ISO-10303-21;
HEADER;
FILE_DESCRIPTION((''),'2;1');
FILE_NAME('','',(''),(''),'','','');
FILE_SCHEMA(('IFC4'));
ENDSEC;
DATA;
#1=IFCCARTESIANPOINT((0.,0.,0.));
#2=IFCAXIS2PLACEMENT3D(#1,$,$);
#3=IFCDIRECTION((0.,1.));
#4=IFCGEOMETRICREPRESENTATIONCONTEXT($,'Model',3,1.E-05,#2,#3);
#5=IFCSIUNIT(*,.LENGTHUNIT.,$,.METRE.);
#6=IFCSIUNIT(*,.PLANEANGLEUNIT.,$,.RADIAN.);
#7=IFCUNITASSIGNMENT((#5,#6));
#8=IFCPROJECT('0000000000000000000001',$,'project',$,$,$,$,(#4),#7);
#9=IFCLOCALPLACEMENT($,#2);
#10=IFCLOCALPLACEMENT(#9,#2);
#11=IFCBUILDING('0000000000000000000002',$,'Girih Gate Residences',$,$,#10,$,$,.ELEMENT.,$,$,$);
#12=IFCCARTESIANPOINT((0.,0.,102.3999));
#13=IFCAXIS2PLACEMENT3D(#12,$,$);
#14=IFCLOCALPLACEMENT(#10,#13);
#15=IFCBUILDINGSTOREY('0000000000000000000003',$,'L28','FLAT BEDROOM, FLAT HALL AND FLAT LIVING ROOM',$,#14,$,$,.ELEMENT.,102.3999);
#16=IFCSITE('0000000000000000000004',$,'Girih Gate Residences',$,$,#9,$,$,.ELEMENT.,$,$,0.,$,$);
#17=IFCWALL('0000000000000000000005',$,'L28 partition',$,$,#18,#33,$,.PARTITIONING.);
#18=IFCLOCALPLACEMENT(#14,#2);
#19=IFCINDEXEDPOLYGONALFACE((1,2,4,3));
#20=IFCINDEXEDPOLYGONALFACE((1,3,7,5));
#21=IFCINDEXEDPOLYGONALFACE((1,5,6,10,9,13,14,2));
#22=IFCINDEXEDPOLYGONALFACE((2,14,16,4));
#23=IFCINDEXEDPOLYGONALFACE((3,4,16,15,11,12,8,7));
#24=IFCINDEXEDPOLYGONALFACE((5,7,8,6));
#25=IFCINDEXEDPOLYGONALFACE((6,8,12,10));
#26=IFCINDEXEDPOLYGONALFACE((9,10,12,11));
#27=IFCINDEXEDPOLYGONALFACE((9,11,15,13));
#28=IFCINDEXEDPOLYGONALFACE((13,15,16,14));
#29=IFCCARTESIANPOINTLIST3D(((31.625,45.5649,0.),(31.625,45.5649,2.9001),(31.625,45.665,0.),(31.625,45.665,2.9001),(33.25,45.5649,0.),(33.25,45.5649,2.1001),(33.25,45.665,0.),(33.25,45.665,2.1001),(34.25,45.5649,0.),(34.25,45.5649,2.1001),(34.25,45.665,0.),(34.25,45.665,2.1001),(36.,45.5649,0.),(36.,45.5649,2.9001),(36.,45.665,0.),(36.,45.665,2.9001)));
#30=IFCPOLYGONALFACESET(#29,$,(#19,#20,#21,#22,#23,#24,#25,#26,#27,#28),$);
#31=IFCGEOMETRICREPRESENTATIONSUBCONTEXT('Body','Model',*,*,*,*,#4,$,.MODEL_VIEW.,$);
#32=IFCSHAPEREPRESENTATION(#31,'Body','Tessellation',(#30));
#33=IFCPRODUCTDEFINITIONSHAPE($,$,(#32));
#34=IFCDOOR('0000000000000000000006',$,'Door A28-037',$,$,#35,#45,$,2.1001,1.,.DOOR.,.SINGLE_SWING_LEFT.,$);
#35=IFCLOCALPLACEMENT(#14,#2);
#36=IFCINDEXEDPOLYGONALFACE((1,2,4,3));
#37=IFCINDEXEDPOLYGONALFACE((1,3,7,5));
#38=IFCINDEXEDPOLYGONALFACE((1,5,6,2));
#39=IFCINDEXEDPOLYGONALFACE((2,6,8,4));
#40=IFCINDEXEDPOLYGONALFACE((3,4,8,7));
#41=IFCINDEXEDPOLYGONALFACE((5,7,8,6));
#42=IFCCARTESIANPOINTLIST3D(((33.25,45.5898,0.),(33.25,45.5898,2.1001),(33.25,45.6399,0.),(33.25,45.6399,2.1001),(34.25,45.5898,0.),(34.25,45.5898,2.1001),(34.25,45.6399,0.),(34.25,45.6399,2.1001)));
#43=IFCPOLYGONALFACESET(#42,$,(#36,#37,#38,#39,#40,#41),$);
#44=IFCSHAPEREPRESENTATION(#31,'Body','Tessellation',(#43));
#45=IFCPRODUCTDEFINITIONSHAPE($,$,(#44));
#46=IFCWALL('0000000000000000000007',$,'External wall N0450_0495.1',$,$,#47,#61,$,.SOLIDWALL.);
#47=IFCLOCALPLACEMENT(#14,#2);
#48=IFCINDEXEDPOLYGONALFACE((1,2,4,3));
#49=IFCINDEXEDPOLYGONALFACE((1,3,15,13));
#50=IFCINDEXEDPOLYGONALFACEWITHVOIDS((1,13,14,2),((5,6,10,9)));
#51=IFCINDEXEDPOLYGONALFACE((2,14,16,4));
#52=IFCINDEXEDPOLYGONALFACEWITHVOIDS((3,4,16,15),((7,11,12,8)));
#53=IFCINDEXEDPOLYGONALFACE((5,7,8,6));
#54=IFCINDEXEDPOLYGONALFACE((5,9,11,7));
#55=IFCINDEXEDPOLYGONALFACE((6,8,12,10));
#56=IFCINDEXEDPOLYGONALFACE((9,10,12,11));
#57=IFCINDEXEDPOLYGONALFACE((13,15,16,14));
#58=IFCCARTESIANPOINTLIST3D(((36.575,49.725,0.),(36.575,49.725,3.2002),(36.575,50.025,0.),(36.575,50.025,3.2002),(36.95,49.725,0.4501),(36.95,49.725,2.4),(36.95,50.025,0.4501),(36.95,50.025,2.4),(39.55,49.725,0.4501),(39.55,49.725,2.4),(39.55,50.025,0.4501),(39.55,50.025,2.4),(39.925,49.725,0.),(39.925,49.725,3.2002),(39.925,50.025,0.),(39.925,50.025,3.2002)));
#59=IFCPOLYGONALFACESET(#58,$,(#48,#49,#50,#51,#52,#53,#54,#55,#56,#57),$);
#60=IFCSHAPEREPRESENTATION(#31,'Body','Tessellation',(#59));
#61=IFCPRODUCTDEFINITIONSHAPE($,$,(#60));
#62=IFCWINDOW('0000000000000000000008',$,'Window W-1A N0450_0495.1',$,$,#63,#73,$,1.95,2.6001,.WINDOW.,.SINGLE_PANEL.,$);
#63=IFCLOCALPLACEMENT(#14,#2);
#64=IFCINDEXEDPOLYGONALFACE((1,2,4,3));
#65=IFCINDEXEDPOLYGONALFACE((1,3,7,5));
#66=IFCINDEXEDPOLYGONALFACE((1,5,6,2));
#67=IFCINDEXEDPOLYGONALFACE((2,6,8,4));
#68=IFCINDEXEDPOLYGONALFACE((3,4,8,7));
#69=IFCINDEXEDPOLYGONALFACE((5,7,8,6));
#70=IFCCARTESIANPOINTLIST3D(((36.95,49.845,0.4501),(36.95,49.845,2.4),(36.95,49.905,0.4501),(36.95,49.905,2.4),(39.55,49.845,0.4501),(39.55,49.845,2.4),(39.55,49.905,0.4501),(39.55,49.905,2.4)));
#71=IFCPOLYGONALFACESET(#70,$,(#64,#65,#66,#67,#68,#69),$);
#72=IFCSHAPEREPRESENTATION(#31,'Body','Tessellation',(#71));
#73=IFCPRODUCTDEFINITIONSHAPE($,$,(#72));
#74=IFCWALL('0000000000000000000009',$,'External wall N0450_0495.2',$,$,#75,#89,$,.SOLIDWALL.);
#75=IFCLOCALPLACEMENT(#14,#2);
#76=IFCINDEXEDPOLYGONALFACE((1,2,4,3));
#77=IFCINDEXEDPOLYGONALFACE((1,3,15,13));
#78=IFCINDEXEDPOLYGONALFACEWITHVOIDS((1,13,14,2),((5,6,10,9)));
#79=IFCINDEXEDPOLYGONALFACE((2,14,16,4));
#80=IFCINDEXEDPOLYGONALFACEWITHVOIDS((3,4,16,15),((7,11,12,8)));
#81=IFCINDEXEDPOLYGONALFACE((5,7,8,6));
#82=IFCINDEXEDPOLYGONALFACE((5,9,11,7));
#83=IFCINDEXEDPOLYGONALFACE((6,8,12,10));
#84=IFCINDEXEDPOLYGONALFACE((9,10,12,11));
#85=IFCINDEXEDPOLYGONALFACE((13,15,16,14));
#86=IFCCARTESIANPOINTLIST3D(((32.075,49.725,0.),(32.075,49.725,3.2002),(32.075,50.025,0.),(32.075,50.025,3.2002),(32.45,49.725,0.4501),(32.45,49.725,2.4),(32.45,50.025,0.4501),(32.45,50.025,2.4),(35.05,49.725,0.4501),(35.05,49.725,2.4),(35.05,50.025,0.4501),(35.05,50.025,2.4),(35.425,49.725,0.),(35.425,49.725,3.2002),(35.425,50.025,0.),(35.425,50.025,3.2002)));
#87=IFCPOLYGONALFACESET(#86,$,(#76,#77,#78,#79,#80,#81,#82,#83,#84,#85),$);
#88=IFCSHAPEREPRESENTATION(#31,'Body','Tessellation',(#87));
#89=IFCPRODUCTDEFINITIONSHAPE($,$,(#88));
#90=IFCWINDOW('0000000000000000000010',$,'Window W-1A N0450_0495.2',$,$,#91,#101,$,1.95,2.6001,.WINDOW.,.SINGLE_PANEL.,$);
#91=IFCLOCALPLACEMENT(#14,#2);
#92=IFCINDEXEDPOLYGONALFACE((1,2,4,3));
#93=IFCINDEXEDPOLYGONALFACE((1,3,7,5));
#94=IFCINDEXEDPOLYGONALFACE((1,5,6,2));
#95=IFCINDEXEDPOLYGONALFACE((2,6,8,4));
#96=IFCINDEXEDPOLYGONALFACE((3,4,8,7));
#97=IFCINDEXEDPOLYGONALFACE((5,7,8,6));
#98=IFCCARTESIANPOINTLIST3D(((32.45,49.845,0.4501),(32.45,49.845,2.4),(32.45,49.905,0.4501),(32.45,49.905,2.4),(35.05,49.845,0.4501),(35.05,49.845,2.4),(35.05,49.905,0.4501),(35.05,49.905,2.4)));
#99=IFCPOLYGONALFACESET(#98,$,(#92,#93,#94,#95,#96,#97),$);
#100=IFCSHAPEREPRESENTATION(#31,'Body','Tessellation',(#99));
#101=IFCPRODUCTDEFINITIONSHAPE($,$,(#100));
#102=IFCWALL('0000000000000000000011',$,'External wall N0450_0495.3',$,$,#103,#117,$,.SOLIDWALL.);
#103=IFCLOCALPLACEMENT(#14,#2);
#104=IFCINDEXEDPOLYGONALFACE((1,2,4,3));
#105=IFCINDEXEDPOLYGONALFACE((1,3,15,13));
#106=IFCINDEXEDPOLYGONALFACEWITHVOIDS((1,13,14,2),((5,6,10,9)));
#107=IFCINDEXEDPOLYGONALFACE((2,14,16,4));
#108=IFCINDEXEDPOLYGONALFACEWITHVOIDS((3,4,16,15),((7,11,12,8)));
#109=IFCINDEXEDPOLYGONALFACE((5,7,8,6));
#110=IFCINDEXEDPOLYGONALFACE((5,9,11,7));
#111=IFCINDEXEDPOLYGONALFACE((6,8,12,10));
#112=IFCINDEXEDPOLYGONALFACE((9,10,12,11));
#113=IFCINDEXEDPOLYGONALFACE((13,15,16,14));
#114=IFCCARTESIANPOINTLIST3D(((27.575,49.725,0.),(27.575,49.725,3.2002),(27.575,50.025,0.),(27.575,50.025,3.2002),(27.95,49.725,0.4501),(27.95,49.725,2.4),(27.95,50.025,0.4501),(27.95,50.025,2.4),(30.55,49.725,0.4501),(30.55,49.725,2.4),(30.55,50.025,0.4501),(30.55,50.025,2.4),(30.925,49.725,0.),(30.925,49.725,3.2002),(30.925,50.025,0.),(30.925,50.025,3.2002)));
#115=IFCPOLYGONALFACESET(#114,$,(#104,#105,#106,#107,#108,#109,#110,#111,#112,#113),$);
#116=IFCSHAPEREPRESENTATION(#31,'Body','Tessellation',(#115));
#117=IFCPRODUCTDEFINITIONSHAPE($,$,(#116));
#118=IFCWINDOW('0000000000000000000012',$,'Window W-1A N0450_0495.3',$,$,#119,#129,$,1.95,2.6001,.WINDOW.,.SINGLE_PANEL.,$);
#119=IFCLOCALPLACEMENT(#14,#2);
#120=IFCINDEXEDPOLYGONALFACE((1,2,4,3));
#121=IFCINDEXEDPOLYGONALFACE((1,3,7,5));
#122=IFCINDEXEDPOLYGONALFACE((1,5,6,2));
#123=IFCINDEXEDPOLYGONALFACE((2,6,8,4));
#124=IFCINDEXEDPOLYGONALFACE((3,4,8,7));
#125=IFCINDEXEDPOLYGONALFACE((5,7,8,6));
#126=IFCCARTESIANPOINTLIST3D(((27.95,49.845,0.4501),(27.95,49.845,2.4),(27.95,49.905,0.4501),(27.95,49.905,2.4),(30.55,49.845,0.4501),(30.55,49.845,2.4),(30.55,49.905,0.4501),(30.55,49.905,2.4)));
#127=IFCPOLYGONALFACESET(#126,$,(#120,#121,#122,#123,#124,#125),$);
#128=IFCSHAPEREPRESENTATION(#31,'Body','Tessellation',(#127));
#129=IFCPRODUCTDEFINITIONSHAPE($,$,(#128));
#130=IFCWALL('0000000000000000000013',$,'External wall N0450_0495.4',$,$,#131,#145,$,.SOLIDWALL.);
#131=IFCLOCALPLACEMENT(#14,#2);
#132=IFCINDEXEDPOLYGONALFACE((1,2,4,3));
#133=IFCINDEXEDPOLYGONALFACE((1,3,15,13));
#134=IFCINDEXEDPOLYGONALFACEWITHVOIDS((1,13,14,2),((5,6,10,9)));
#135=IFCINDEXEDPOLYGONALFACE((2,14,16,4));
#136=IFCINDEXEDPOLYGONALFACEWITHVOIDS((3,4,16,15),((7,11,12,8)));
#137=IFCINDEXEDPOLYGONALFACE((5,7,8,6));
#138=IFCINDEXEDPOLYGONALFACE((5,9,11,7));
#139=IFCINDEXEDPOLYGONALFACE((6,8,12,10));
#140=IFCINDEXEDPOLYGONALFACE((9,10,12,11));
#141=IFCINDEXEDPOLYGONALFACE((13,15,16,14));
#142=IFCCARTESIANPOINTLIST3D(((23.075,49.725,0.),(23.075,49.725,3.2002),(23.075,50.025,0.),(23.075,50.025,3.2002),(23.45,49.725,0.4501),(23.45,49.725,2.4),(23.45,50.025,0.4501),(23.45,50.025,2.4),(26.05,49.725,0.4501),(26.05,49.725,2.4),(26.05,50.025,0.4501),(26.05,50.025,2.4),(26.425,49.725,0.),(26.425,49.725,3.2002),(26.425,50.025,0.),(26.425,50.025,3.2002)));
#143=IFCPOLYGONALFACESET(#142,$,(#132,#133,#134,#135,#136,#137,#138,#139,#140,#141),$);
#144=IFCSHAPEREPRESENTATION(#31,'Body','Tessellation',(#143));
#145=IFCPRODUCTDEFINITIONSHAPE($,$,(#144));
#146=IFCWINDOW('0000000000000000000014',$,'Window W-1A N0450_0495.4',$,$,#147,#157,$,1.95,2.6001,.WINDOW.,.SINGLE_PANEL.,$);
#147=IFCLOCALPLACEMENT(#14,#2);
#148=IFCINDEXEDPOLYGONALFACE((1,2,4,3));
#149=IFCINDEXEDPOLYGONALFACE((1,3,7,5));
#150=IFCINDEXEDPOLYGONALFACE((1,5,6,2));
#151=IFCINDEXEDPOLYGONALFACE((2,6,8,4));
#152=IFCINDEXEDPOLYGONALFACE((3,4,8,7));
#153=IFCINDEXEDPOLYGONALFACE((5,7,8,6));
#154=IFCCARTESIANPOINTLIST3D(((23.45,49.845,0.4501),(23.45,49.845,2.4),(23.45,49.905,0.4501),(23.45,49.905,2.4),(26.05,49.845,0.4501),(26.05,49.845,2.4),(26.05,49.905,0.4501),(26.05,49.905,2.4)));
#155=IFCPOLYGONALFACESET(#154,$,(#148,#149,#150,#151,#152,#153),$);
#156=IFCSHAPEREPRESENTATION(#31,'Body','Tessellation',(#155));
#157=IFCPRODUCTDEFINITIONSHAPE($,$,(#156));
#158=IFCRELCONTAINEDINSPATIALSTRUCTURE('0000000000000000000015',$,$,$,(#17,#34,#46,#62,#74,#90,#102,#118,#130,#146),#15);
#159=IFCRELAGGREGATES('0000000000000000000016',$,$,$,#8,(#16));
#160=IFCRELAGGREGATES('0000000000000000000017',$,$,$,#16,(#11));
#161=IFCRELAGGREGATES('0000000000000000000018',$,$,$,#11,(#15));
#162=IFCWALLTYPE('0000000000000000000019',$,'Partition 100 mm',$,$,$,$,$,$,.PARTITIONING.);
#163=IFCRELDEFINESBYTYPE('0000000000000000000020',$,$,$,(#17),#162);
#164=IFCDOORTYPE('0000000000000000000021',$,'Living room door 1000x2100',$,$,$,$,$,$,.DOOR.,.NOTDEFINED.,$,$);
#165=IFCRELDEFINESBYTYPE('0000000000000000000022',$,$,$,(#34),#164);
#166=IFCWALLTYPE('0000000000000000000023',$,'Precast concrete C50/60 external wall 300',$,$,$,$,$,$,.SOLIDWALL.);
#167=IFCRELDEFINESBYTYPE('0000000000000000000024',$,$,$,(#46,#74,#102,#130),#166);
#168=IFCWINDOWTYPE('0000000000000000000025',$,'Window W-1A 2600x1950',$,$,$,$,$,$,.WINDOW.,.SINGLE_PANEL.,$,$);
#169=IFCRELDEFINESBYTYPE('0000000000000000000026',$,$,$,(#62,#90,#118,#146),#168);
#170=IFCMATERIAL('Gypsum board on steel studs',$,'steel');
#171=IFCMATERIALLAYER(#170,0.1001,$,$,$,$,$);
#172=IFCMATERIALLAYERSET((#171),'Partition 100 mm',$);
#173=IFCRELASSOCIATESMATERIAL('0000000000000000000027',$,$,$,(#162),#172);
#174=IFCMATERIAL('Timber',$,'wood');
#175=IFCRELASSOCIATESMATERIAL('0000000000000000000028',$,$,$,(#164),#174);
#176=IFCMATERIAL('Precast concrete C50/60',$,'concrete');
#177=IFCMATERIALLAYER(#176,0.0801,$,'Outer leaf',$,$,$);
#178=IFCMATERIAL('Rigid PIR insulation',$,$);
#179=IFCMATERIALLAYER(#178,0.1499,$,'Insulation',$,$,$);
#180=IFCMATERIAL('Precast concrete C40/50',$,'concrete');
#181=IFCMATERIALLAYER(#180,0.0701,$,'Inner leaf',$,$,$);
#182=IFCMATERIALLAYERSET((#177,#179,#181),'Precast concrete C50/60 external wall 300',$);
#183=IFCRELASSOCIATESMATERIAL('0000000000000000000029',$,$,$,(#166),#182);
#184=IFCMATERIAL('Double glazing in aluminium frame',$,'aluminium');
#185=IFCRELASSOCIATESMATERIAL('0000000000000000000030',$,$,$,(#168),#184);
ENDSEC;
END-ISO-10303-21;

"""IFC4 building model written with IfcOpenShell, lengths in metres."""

from ifc_helpers import new_model, si_unit, direction, frame, frame_2d, origin, place, context, subcontext, project, spatial, rectangle, extrude, material, layer, layer_set, type_object, element, fill, save


model = new_model("IFC4")

# Units and contexts
model_context = context("Model", 3, precision=1e-05, world=origin(), true_north=direction((0.0, 1.0)))
body_context = subcontext(model_context, "Body", "Model", "MODEL_VIEW")
ifc_project = project(units=[si_unit("LENGTHUNIT", "METRE"), si_unit("PLANEANGLEUNIT", "RADIAN")], contexts=[model_context])

# Site, building, storey
site_placement = place(None, origin())
site = spatial("IfcSite", under=ifc_project, at=site_placement, Name="Girih Gate Residences", CompositionType="ELEMENT", RefElevation=0.0)
building_placement = place(site_placement, origin())
building = spatial("IfcBuilding", under=site, at=building_placement, Name="Girih Gate Residences", CompositionType="ELEMENT")
storey_placement = place(building_placement, frame((0.0, 0.0, 102.3999)))
storey = spatial("IfcBuildingStorey", under=building, at=storey_placement, Name="L28", Description="FLAT BEDROOM, FLAT HALL AND FLAT LIVING ROOM", CompositionType="ELEMENT", Elevation=102.3999)

# Shared definitions
ifc_material_1 = material(Name="Gypsum board on steel studs", Category="steel")

# Shared definitions
ifc_layer_1 = layer(ifc_material_1, 0.1001)
ifc_layer_set_1 = layer_set([ifc_layer_1], Name="Partition 100 mm")
wall_type_1 = type_object("IfcWallType", Name="Partition 100 mm", PredefinedType="PARTITIONING", material=ifc_layer_set_1)
ifc_material_2 = material(Name="Timber", Category="wood")

# Wall, opening, door
wall_1_placement = place(storey_placement, frame((31.625, 45.615, 0.0), z_axis=(0.0, 0.0, 1.0), x_axis=(1.0, 0.0, 0.0)))
wall_1 = element("IfcWall", 1, at=wall_1_placement, inside=storey, type_object=wall_type_1, Name="L28 partition", PredefinedType="PARTITIONING", context=body_context, shape_type="SweptSolid", body=[
    extrude(rectangle(XDim=4.375, YDim=0.1001, at=frame_2d((2.1875, 0.0))), origin(), (0.0, 0.0, 1.0), 2.9001),
])
opening_1_placement = place(wall_1_placement, frame((1.625, 0.0, 0.0)))
opening_1 = element("IfcOpeningElement", 2, at=opening_1_placement, cuts=wall_1, PredefinedType="OPENING", context=body_context, shape_type="SweptSolid", body=[
    extrude(rectangle(XDim=1.0, YDim=2.1001, at=frame_2d((0.5, 1.05))), frame((0.0, 0.0601, 0.0), z_axis=(0.0, -1.0, 0.0), x_axis=(1.0, 0.0, 0.0)), (0.0, 0.0, 1.0), 0.1201),
])
door_type_1 = type_object("IfcDoorType", Name="Living room door 1000x2100", OperationType="NOTDEFINED", PredefinedType="DOOR", material=ifc_material_2)
door_1_placement = place(opening_1_placement, origin())
door_1 = element("IfcDoor", 3, at=door_1_placement, inside=storey, type_object=door_type_1, Name="Door A28-037", OperationType="SINGLE_SWING_LEFT", OverallHeight=2.1001, OverallWidth=1.0, PredefinedType="DOOR", context=body_context, shape_type="SweptSolid", body=[
    extrude(rectangle(XDim=1.0, YDim=2.1001, at=frame_2d((0.5, 1.05))), frame((0.0, 0.0249, 0.0), z_axis=(0.0, -1.0, 0.0), x_axis=(1.0, 0.0, 0.0)), (0.0, 0.0, 1.0), 0.05),
])
fill(opening_1, door_1)

# Walls, openings, windows
ifc_material_3 = material(Name="Precast concrete C50/60", Category="concrete")
ifc_layer_2 = layer(ifc_material_3, 0.0801, Name="Outer leaf")
ifc_material_4 = material(Name="Rigid PIR insulation")
ifc_layer_3 = layer(ifc_material_4, 0.1499, Name="Insulation")
ifc_material_5 = material(Name="Precast concrete C40/50", Category="concrete")
ifc_layer_4 = layer(ifc_material_5, 0.0701, Name="Inner leaf")
ifc_layer_set_2 = layer_set([ifc_layer_2, ifc_layer_3, ifc_layer_4], Name="Precast concrete C50/60 external wall 300")
wall_type_2 = type_object("IfcWallType", Name="Precast concrete C50/60 external wall 300", PredefinedType="SOLIDWALL", material=ifc_layer_set_2)
wall_2_placement = place(storey_placement, frame((36.575, 49.875, 0.0), z_axis=(0.0, 0.0, 1.0), x_axis=(1.0, 0.0, 0.0)))
wall_2 = element("IfcWall", 4, at=wall_2_placement, inside=storey, type_object=wall_type_2, Name="External wall N0450_0495.1", PredefinedType="SOLIDWALL", context=body_context, shape_type="SweptSolid", body=[
    extrude(rectangle(XDim=3.3501, YDim=0.3, at=frame_2d((1.675, 0.0))), origin(), (0.0, 0.0, 1.0), 3.2002),
])
opening_2_placement = place(wall_2_placement, frame((0.375, 0.0, 0.45)))
opening_2 = element("IfcOpeningElement", 5, at=opening_2_placement, cuts=wall_2, PredefinedType="OPENING", context=body_context, shape_type="SweptSolid", body=[
    extrude(rectangle(XDim=2.6001, YDim=1.95, at=frame_2d((1.3, 0.9751))), frame((0.0, 0.1599, 0.0), z_axis=(0.0, -1.0, 0.0), x_axis=(1.0, 0.0, 0.0)), (0.0, 0.0, 1.0), 0.3201),
])
ifc_material_6 = material(Name="Double glazing in aluminium frame", Category="aluminium")
window_type = type_object("IfcWindowType", Name="Window W-1A 2600x1950", PartitioningType="SINGLE_PANEL", PredefinedType="WINDOW", material=ifc_material_6)
window_1_placement = place(opening_2_placement, origin())
window_1 = element("IfcWindow", 6, at=window_1_placement, inside=storey, type_object=window_type, Name="Window W-1A N0450_0495.1", OverallHeight=1.95, OverallWidth=2.6001, PartitioningType="SINGLE_PANEL", PredefinedType="WINDOW", context=body_context, shape_type="SweptSolid", body=[
    extrude(rectangle(XDim=2.6001, YDim=1.95, at=frame_2d((1.3, 0.9751))), frame((0.0, 0.03, 0.0), z_axis=(0.0, -1.0, 0.0), x_axis=(1.0, 0.0, 0.0)), (0.0, 0.0, 1.0), 0.0601),
])
fill(opening_2, window_1)
wall_3_placement = place(storey_placement, frame((32.075, 49.875, 0.0), z_axis=(0.0, 0.0, 1.0), x_axis=(1.0, 0.0, 0.0)))
wall_3 = element("IfcWall", 7, at=wall_3_placement, inside=storey, type_object=wall_type_2, Name="External wall N0450_0495.2", PredefinedType="SOLIDWALL", context=body_context, shape_type="SweptSolid", body=[
    extrude(rectangle(XDim=3.3501, YDim=0.3, at=frame_2d((1.675, 0.0))), origin(), (0.0, 0.0, 1.0), 3.2002),
])
opening_3_placement = place(wall_3_placement, frame((0.375, 0.0, 0.45)))
opening_3 = element("IfcOpeningElement", 8, at=opening_3_placement, cuts=wall_3, PredefinedType="OPENING", context=body_context, shape_type="SweptSolid", body=[
    extrude(rectangle(XDim=2.6001, YDim=1.95, at=frame_2d((1.3, 0.9751))), frame((0.0, 0.1599, 0.0), z_axis=(0.0, -1.0, 0.0), x_axis=(1.0, 0.0, 0.0)), (0.0, 0.0, 1.0), 0.3201),
])
window_2_placement = place(opening_3_placement, origin())
window_2 = element("IfcWindow", 9, at=window_2_placement, inside=storey, type_object=window_type, Name="Window W-1A N0450_0495.2", OverallHeight=1.95, OverallWidth=2.6001, PartitioningType="SINGLE_PANEL", PredefinedType="WINDOW", context=body_context, shape_type="SweptSolid", body=[
    extrude(rectangle(XDim=2.6001, YDim=1.95, at=frame_2d((1.3, 0.9751))), frame((0.0, 0.03, 0.0), z_axis=(0.0, -1.0, 0.0), x_axis=(1.0, 0.0, 0.0)), (0.0, 0.0, 1.0), 0.0601),
])
fill(opening_3, window_2)
wall_4_placement = place(storey_placement, frame((27.575, 49.875, 0.0), z_axis=(0.0, 0.0, 1.0), x_axis=(1.0, 0.0, 0.0)))
wall_4 = element("IfcWall", 10, at=wall_4_placement, inside=storey, type_object=wall_type_2, Name="External wall N0450_0495.3", PredefinedType="SOLIDWALL", context=body_context, shape_type="SweptSolid", body=[
    extrude(rectangle(XDim=3.3501, YDim=0.3, at=frame_2d((1.675, 0.0))), origin(), (0.0, 0.0, 1.0), 3.2002),
])
opening_4_placement = place(wall_4_placement, frame((0.375, 0.0, 0.45)))
opening_4 = element("IfcOpeningElement", 11, at=opening_4_placement, cuts=wall_4, PredefinedType="OPENING", context=body_context, shape_type="SweptSolid", body=[
    extrude(rectangle(XDim=2.6001, YDim=1.95, at=frame_2d((1.3, 0.9751))), frame((0.0, 0.1599, 0.0), z_axis=(0.0, -1.0, 0.0), x_axis=(1.0, 0.0, 0.0)), (0.0, 0.0, 1.0), 0.3201),
])
window_3_placement = place(opening_4_placement, origin())
window_3 = element("IfcWindow", 12, at=window_3_placement, inside=storey, type_object=window_type, Name="Window W-1A N0450_0495.3", OverallHeight=1.95, OverallWidth=2.6001, PartitioningType="SINGLE_PANEL", PredefinedType="WINDOW", context=body_context, shape_type="SweptSolid", body=[
    extrude(rectangle(XDim=2.6001, YDim=1.95, at=frame_2d((1.3, 0.9751))), frame((0.0, 0.03, 0.0), z_axis=(0.0, -1.0, 0.0), x_axis=(1.0, 0.0, 0.0)), (0.0, 0.0, 1.0), 0.0601),
])
fill(opening_4, window_3)
wall_5_placement = place(storey_placement, frame((23.075, 49.875, 0.0), z_axis=(0.0, 0.0, 1.0), x_axis=(1.0, 0.0, 0.0)))
wall_5 = element("IfcWall", 13, at=wall_5_placement, inside=storey, type_object=wall_type_2, Name="External wall N0450_0495.4", PredefinedType="SOLIDWALL", context=body_context, shape_type="SweptSolid", body=[
    extrude(rectangle(XDim=3.3501, YDim=0.3, at=frame_2d((1.675, 0.0))), origin(), (0.0, 0.0, 1.0), 3.2002),
])
opening_5_placement = place(wall_5_placement, frame((0.375, 0.0, 0.45)))
opening_5 = element("IfcOpeningElement", 14, at=opening_5_placement, cuts=wall_5, PredefinedType="OPENING", context=body_context, shape_type="SweptSolid", body=[
    extrude(rectangle(XDim=2.6001, YDim=1.95, at=frame_2d((1.3, 0.9751))), frame((0.0, 0.1599, 0.0), z_axis=(0.0, -1.0, 0.0), x_axis=(1.0, 0.0, 0.0)), (0.0, 0.0, 1.0), 0.3201),
])
window_4_placement = place(opening_5_placement, origin())
window_4 = element("IfcWindow", 15, at=window_4_placement, inside=storey, type_object=window_type, Name="Window W-1A N0450_0495.4", OverallHeight=1.95, OverallWidth=2.6001, PartitioningType="SINGLE_PANEL", PredefinedType="WINDOW", context=body_context, shape_type="SweptSolid", body=[
    extrude(rectangle(XDim=2.6001, YDim=1.95, at=frame_2d((1.3, 0.9751))), frame((0.0, 0.03, 0.0), z_axis=(0.0, -1.0, 0.0), x_axis=(1.0, 0.0, 0.0)), (0.0, 0.0, 1.0), 0.0601),
])
fill(opening_5, window_4)

save(model, "model.ifc")
